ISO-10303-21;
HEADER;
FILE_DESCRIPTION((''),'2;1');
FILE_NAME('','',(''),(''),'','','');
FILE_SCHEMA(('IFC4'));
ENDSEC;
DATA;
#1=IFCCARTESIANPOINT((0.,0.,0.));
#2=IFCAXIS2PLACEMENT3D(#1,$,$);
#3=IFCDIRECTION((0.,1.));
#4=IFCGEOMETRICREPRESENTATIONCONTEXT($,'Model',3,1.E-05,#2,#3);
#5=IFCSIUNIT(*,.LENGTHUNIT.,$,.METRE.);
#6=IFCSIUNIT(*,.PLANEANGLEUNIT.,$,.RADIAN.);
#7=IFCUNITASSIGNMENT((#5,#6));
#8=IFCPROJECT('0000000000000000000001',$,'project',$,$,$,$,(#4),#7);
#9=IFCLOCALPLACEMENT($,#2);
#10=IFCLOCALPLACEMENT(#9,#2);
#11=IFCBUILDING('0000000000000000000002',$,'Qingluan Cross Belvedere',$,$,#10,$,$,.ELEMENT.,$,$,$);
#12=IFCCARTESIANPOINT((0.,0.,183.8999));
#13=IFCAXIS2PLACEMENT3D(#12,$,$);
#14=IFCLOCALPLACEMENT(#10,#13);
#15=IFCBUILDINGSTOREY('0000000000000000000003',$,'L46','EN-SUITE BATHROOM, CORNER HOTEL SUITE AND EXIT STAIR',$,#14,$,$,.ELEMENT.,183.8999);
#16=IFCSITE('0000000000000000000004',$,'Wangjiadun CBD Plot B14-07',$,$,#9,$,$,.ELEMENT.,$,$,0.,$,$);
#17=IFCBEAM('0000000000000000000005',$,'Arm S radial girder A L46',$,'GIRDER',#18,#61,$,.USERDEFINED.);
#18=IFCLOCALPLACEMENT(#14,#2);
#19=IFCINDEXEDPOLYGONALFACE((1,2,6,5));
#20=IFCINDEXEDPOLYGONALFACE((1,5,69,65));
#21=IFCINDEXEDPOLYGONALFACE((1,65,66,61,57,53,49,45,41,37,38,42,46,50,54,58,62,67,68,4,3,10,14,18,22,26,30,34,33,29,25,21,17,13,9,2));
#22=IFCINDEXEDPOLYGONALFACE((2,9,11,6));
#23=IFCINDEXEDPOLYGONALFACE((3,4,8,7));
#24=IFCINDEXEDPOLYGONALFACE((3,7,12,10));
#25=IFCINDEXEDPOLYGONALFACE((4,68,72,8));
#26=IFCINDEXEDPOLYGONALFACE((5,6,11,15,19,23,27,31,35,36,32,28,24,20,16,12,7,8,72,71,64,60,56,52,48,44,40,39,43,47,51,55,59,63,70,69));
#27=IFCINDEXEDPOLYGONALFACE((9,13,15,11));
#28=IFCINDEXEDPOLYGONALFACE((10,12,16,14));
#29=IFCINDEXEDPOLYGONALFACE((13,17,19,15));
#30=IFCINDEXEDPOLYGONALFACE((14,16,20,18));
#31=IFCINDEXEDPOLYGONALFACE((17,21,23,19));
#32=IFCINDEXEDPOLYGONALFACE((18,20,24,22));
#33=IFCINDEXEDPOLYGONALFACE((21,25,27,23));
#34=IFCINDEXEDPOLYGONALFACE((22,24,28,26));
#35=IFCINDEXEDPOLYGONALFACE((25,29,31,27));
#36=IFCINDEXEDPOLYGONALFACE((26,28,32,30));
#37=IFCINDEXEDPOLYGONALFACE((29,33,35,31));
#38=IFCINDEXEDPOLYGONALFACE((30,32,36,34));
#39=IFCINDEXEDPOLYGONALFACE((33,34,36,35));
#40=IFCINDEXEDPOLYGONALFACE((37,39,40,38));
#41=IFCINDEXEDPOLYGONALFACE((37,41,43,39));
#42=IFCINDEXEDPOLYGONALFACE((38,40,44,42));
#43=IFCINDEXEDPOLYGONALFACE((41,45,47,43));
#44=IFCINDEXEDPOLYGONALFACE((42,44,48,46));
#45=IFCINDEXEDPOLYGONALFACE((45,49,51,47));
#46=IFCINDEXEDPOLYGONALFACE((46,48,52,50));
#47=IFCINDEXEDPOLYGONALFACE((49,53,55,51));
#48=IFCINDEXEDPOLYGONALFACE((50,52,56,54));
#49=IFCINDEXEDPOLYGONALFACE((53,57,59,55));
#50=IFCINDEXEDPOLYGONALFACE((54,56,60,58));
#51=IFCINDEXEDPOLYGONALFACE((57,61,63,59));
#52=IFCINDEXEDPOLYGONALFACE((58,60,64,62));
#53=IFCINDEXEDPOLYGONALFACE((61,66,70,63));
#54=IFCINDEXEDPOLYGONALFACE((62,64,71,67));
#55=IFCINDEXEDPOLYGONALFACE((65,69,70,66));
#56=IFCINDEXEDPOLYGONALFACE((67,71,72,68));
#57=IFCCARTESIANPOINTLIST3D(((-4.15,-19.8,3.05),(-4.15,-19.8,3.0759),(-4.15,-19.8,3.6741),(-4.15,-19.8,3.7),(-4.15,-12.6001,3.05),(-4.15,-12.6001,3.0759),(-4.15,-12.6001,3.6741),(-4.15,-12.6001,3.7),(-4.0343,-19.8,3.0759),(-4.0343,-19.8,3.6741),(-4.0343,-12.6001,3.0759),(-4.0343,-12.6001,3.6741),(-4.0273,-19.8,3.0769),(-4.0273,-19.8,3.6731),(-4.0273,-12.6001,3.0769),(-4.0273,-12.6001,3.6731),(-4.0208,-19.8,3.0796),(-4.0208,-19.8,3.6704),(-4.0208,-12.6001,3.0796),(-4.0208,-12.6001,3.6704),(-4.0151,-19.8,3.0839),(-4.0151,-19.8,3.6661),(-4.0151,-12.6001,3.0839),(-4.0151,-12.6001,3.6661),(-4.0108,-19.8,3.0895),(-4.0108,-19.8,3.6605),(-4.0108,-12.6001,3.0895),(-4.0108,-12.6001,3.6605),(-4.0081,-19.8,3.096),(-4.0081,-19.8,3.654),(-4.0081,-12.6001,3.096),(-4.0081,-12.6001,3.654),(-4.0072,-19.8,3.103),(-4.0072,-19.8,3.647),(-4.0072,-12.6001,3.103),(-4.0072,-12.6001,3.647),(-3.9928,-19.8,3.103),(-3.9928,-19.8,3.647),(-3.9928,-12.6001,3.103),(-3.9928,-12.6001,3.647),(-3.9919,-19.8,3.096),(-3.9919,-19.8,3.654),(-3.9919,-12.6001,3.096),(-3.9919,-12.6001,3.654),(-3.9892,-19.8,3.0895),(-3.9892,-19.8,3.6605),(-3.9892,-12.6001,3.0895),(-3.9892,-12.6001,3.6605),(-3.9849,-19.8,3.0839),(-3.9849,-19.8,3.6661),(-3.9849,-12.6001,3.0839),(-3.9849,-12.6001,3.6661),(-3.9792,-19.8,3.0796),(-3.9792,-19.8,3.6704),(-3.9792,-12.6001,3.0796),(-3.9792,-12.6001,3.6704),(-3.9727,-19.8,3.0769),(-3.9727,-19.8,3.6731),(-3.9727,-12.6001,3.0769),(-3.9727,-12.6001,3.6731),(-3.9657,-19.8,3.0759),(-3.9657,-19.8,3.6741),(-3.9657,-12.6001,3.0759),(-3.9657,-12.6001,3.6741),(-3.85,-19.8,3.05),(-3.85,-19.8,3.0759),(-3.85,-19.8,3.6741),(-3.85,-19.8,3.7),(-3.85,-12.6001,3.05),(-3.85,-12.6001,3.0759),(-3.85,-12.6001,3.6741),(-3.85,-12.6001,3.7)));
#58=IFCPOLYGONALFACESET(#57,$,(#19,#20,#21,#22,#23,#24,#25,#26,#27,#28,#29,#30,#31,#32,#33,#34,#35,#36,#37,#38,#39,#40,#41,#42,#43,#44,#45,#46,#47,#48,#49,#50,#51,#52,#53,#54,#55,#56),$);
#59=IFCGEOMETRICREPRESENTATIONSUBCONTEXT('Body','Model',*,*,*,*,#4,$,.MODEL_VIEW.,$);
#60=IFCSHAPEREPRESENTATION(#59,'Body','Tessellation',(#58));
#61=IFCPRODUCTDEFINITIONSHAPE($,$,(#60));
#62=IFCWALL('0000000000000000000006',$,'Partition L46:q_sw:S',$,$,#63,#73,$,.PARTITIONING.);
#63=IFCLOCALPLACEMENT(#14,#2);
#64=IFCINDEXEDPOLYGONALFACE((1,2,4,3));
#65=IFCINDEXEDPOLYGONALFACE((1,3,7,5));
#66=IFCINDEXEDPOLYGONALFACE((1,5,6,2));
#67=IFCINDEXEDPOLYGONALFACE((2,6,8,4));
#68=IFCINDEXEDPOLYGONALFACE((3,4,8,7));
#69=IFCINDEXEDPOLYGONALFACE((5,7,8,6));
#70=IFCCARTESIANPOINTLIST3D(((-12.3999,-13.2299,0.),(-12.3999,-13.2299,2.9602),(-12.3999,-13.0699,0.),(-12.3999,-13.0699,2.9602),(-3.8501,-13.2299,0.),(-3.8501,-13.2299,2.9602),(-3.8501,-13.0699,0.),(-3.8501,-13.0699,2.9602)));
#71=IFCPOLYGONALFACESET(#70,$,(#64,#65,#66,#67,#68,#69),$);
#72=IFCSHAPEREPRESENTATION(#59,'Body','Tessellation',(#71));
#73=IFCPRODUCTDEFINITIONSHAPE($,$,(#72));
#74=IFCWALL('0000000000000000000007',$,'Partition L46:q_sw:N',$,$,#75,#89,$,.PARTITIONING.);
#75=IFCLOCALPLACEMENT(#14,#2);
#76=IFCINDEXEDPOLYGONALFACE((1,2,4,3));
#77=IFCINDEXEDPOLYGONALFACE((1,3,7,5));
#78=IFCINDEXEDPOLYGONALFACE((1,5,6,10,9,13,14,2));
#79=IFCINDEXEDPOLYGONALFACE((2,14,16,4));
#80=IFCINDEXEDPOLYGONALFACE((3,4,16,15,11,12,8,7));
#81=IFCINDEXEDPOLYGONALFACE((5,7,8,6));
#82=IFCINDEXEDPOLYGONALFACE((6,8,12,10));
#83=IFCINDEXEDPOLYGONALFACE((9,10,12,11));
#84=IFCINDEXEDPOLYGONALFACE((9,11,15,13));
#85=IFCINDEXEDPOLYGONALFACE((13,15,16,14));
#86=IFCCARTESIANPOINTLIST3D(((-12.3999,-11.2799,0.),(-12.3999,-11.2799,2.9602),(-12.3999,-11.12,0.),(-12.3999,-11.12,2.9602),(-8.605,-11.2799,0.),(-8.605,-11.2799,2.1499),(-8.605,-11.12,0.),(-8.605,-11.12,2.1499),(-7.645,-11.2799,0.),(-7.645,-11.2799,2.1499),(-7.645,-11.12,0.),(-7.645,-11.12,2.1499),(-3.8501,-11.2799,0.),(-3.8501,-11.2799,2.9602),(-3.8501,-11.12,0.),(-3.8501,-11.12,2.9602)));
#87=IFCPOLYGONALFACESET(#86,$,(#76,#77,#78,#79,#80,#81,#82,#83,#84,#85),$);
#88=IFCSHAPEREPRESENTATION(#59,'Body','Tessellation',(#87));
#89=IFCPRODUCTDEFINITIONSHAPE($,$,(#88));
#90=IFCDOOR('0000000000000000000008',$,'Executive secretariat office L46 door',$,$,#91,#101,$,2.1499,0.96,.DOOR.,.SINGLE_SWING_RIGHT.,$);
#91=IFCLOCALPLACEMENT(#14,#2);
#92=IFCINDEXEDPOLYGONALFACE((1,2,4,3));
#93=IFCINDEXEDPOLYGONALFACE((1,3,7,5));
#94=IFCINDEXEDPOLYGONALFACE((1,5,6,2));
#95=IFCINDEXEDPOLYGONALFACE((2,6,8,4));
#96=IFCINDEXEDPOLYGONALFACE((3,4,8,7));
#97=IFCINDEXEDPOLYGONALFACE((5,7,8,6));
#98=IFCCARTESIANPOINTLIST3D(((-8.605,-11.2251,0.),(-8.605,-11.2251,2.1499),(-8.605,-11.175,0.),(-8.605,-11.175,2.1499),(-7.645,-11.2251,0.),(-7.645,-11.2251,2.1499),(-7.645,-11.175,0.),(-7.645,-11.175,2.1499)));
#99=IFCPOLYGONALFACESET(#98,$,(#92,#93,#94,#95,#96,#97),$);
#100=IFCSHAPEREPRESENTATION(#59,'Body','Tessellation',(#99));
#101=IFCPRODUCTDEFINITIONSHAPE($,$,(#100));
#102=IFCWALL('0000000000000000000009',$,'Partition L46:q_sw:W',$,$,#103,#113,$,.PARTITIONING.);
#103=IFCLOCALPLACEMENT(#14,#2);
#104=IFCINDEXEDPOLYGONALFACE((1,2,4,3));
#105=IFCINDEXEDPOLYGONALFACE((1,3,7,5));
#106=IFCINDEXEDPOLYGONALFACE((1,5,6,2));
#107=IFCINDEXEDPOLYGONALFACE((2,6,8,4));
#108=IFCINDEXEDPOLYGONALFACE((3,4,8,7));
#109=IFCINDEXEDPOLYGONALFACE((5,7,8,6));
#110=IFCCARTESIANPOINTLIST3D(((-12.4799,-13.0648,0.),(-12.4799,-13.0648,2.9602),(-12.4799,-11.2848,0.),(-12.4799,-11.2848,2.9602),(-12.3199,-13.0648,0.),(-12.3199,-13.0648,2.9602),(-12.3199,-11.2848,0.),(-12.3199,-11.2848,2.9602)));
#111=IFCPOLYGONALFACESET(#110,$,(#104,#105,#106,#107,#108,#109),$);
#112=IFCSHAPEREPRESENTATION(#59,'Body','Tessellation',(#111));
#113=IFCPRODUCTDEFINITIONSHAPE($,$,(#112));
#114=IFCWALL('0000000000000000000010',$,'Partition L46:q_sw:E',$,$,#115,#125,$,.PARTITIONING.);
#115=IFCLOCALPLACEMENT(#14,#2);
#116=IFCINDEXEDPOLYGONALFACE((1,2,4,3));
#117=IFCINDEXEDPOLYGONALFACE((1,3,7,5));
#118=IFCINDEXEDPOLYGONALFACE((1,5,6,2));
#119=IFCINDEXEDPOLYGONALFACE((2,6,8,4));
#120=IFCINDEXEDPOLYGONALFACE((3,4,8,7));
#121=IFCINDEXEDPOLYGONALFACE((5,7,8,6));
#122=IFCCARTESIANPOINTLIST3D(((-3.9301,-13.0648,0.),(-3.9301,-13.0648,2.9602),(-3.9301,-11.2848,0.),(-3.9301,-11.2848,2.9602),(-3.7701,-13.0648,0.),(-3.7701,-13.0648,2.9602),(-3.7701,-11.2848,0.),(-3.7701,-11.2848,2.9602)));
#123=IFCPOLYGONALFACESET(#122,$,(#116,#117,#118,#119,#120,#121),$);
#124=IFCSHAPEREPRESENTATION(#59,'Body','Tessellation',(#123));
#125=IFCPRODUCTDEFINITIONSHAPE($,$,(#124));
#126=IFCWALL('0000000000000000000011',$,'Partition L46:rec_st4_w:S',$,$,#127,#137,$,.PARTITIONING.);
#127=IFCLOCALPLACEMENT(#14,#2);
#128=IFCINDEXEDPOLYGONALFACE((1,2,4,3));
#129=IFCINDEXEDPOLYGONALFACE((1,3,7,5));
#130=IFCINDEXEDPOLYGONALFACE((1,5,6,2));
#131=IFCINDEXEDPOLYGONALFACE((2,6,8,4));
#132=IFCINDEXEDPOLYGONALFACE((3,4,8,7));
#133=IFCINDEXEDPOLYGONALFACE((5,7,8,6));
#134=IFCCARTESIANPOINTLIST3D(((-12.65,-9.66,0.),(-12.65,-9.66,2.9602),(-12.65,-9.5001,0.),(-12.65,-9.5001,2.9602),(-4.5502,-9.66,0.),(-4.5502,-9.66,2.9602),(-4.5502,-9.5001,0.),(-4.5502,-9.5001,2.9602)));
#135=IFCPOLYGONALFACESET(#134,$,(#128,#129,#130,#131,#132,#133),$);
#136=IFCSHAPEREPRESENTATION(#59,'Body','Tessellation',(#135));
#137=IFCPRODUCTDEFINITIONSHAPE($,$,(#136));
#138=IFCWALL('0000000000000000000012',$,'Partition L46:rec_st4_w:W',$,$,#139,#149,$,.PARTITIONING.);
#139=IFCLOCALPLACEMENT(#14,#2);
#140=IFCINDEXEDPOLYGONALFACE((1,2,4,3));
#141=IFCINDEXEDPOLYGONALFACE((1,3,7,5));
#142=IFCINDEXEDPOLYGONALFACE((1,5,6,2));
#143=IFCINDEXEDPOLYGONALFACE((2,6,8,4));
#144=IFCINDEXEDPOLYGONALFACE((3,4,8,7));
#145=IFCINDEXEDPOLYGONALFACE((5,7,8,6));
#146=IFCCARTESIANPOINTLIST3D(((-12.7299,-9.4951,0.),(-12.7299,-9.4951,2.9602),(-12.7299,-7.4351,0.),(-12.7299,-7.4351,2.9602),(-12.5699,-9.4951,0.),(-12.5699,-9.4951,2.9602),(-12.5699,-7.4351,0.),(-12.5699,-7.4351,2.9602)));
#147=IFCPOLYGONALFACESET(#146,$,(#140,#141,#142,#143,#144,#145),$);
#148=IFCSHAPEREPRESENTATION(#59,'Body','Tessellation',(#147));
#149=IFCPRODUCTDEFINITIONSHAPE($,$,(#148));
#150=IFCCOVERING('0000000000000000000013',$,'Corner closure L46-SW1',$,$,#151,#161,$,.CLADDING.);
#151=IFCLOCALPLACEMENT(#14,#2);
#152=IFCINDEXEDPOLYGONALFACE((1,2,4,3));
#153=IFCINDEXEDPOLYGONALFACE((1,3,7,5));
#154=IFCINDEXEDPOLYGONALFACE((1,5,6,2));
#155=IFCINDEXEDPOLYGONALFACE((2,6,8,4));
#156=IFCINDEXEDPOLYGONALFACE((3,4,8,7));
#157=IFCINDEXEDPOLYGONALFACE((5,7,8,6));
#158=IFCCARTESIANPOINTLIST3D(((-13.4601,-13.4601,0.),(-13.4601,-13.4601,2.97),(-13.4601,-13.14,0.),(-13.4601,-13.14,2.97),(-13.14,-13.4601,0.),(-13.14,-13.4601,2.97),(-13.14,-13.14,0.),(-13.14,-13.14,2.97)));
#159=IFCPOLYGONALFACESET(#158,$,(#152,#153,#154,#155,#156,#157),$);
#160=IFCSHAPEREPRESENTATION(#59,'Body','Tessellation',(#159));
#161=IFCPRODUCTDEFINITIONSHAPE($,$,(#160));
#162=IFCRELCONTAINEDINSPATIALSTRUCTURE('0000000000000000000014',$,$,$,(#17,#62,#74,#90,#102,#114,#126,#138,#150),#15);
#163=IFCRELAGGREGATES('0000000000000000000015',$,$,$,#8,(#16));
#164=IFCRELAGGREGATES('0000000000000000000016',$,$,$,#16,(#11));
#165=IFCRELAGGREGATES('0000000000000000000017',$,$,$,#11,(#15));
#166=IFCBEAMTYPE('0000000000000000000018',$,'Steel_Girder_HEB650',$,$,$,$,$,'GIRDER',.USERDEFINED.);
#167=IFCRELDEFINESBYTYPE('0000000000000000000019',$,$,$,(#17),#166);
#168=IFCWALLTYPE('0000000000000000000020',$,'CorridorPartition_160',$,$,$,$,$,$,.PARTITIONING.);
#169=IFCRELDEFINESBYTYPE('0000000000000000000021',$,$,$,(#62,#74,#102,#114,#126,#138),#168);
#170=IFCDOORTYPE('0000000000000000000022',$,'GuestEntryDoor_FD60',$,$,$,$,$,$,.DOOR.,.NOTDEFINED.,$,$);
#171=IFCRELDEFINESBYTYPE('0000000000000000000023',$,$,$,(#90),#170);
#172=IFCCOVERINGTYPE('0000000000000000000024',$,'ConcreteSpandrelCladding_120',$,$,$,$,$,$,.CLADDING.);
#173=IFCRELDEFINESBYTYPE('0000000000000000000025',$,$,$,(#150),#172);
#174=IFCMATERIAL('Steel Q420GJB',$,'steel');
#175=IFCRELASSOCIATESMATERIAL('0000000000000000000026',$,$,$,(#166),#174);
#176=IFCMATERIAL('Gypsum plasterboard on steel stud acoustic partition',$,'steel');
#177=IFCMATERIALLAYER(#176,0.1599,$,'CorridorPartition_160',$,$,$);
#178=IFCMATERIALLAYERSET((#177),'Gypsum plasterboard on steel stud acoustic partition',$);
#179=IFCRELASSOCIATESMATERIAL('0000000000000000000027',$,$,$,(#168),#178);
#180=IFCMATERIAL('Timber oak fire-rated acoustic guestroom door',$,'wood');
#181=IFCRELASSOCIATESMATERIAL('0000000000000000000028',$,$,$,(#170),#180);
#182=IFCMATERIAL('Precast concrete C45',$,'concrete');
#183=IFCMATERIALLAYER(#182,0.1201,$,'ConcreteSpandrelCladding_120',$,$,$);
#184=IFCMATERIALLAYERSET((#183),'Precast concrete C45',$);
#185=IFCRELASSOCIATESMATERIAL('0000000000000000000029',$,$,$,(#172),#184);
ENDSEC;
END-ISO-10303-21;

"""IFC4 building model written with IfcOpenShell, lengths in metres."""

from ifc_helpers import new_model, si_unit, direction, frame, frame_2d, origin, origin_2d, place, context, subcontext, project, spatial, rectangle, i_section, extrude, material, layer, layer_set, material_profile, profile_set, type_object, element, fill, save


model = new_model("IFC4")

# Units and contexts
model_context = context("Model", 3, precision=1e-05, world=origin(), true_north=direction((0.0, 1.0)))
body_context = subcontext(model_context, "Body", "Model", "MODEL_VIEW")
ifc_project = project(units=[si_unit("LENGTHUNIT", "METRE"), si_unit("PLANEANGLEUNIT", "RADIAN")], contexts=[model_context])

# Site, building, storey
site_placement = place(None, origin())
site = spatial("IfcSite", under=ifc_project, at=site_placement, Name="Wangjiadun CBD Plot B14-07", CompositionType="ELEMENT", RefElevation=0.0)
building_placement = place(site_placement, origin())
building = spatial("IfcBuilding", under=site, at=building_placement, Name="Qingluan Cross Belvedere", CompositionType="ELEMENT")
storey_placement = place(building_placement, frame((0.0, 0.0, 183.8999)))
storey = spatial("IfcBuildingStorey", under=building, at=storey_placement, Name="L46", Description="EN-SUITE BATHROOM, CORNER HOTEL SUITE AND EXIT STAIR", CompositionType="ELEMENT", Elevation=183.8999)

# Beam
ifc_material_1 = material(Name="Steel Q420GJB", Category="steel")
ifc_material_profile_1 = material_profile(ifc_material_1, i_section(OverallWidth=0.3, OverallDepth=0.6499, WebThickness=0.0144, FlangeThickness=0.0259, FilletRadius=0.0271, at=origin_2d()), Name="HEB650")
ifc_profile_set_1 = profile_set([ifc_material_profile_1], Name="Steel Q420GJB")
beam_type_1 = type_object("IfcBeamType", Name="Steel_Girder_HEB650", ElementType="GIRDER", PredefinedType="USERDEFINED", material=ifc_profile_set_1)
beam_1_placement = place(storey_placement, frame((-4.0, -12.6001, 3.375), z_axis=(0.0, -1.0, 0.0), x_axis=(1.0, 0.0, 0.0)))
element("IfcBeam", 1, at=beam_1_placement, inside=storey, type_object=beam_type_1, Name="Arm S radial girder A L46", ObjectType="GIRDER", PredefinedType="USERDEFINED", context=body_context, shape_type="SweptSolid", body=[
    extrude(i_section(OverallWidth=0.3, OverallDepth=0.6499, WebThickness=0.0144, FlangeThickness=0.0259, FilletRadius=0.0271, at=origin_2d()), origin(), (0.0, 0.0, 1.0), 7.2),
])

# Wall
ifc_material_2 = material(Name="Gypsum plasterboard on steel stud acoustic partition", Category="steel")
ifc_layer_1 = layer(ifc_material_2, 0.1599, Name="CorridorPartition_160")
ifc_layer_set_1 = layer_set([ifc_layer_1], Name="Gypsum plasterboard on steel stud acoustic partition")
wall_type = type_object("IfcWallType", Name="CorridorPartition_160", PredefinedType="PARTITIONING", material=ifc_layer_set_1)
wall_1_placement = place(storey_placement, frame((-12.3999, -13.1499, 0.0), z_axis=(0.0, 0.0, 1.0), x_axis=(1.0, 0.0, 0.0)))
element("IfcWall", 2, at=wall_1_placement, inside=storey, type_object=wall_type, Name="Partition L46:q_sw:S", PredefinedType="PARTITIONING", context=body_context, shape_type="SweptSolid", body=[
    extrude(rectangle(XDim=8.5498, YDim=0.1599, at=frame_2d((4.2749, 0.0))), origin(), (0.0, 0.0, 1.0), 2.9602),
])

# Wall, opening, door
wall_2_placement = place(storey_placement, frame((-12.3999, -11.2, 0.0), z_axis=(0.0, 0.0, 1.0), x_axis=(1.0, 0.0, 0.0)))
wall_2 = element("IfcWall", 3, at=wall_2_placement, inside=storey, type_object=wall_type, Name="Partition L46:q_sw:N", PredefinedType="PARTITIONING", context=body_context, shape_type="SweptSolid", body=[
    extrude(rectangle(XDim=8.5498, YDim=0.1599, at=frame_2d((4.2749, 0.0))), origin(), (0.0, 0.0, 1.0), 2.9602),
])
opening_1_placement = place(wall_2_placement, frame((3.7949, 0.0, 0.0)))
opening_1 = element("IfcOpeningElement", 4, at=opening_1_placement, cuts=wall_2, PredefinedType="OPENING", context=body_context, shape_type="SweptSolid", body=[
    extrude(rectangle(XDim=0.96, YDim=2.1499, at=frame_2d((0.48, 1.075))), frame((0.0, 0.0898, 0.0), z_axis=(0.0, -1.0, 0.0), x_axis=(1.0, 0.0, 0.0)), (0.0, 0.0, 1.0), 0.1799),
])
ifc_material_3 = material(Name="Timber oak fire-rated acoustic guestroom door", Category="wood")
door_type = type_object("IfcDoorType", Name="GuestEntryDoor_FD60", OperationType="NOTDEFINED", PredefinedType="DOOR", material=ifc_material_3)
door_1_placement = place(opening_1_placement, origin())
door_1 = element("IfcDoor", 5, at=door_1_placement, inside=storey, type_object=door_type, Name="Executive secretariat office L46 door", OperationType="SINGLE_SWING_RIGHT", OverallHeight=2.1499, OverallWidth=0.96, PredefinedType="DOOR", context=body_context, shape_type="SweptSolid", body=[
    extrude(rectangle(XDim=0.96, YDim=2.1499, at=frame_2d((0.48, 1.075))), frame((0.0, 0.0249, 0.0), z_axis=(0.0, -1.0, 0.0), x_axis=(1.0, 0.0, 0.0)), (0.0, 0.0, 1.0), 0.05),
])
fill(opening_1, door_1)

# Walls
for number, where, z_axis, x_axis, name in (
    (6, (-12.3999, -13.0649, 0.0), (0.0, 0.0, 1.0), (0.0, 1.0, 0.0), "Partition L46:q_sw:W"),
    (7, (-3.8501, -13.0649, 0.0), (0.0, 0.0, 1.0), (0.0, 1.0, 0.0), "Partition L46:q_sw:E"),
):
    element("IfcWall", number, at=place(storey_placement, frame(where, z_axis=z_axis, x_axis=x_axis)), inside=storey, type_object=wall_type, Name=name, PredefinedType="PARTITIONING", context=body_context, shape_type="SweptSolid", body=[
        extrude(rectangle(XDim=1.78, YDim=0.1599, at=frame_2d((0.8901, 0.0))), origin(), (0.0, 0.0, 1.0), 2.9602),
    ])
wall_3_placement = place(storey_placement, frame((-12.6499, -9.5801, 0.0), z_axis=(0.0, 0.0, 1.0), x_axis=(1.0, 0.0, 0.0)))
element("IfcWall", 8, at=wall_3_placement, inside=storey, type_object=wall_type, Name="Partition L46:rec_st4_w:S", PredefinedType="PARTITIONING", context=body_context, shape_type="SweptSolid", body=[
    extrude(rectangle(XDim=8.0999, YDim=0.1599, at=frame_2d((4.0498, 0.0))), origin(), (0.0, 0.0, 1.0), 2.9602),
])
wall_4_placement = place(storey_placement, frame((-12.6499, -9.4951, 0.0), z_axis=(0.0, 0.0, 1.0), x_axis=(0.0, 1.0, 0.0)))
element("IfcWall", 9, at=wall_4_placement, inside=storey, type_object=wall_type, Name="Partition L46:rec_st4_w:W", PredefinedType="PARTITIONING", context=body_context, shape_type="SweptSolid", body=[
    extrude(rectangle(XDim=2.0601, YDim=0.1599, at=frame_2d((1.03, 0.0))), origin(), (0.0, 0.0, 1.0), 2.9602),
])

# Covering
ifc_material_4 = material(Name="Precast concrete C45", Category="concrete")
ifc_layer_2 = layer(ifc_material_4, 0.1201, Name="ConcreteSpandrelCladding_120")
ifc_layer_set_2 = layer_set([ifc_layer_2], Name="Precast concrete C45")
covering_type = type_object("IfcCoveringType", Name="ConcreteSpandrelCladding_120", PredefinedType="CLADDING", material=ifc_layer_set_2)
covering_placement = place(storey_placement, frame((-13.3, -13.3, 0.0), z_axis=(0.0, 0.0, 1.0), x_axis=(1.0, 0.0, 0.0)))
element("IfcCovering", 10, at=covering_placement, inside=storey, type_object=covering_type, Name="Corner closure L46-SW1", PredefinedType="CLADDING", context=body_context, shape_type="SweptSolid", body=[
    extrude(rectangle(XDim=0.3201, YDim=0.3201, at=origin_2d()), origin(), (0.0, 0.0, 1.0), 2.97),
])

save(model, "model.ifc")
